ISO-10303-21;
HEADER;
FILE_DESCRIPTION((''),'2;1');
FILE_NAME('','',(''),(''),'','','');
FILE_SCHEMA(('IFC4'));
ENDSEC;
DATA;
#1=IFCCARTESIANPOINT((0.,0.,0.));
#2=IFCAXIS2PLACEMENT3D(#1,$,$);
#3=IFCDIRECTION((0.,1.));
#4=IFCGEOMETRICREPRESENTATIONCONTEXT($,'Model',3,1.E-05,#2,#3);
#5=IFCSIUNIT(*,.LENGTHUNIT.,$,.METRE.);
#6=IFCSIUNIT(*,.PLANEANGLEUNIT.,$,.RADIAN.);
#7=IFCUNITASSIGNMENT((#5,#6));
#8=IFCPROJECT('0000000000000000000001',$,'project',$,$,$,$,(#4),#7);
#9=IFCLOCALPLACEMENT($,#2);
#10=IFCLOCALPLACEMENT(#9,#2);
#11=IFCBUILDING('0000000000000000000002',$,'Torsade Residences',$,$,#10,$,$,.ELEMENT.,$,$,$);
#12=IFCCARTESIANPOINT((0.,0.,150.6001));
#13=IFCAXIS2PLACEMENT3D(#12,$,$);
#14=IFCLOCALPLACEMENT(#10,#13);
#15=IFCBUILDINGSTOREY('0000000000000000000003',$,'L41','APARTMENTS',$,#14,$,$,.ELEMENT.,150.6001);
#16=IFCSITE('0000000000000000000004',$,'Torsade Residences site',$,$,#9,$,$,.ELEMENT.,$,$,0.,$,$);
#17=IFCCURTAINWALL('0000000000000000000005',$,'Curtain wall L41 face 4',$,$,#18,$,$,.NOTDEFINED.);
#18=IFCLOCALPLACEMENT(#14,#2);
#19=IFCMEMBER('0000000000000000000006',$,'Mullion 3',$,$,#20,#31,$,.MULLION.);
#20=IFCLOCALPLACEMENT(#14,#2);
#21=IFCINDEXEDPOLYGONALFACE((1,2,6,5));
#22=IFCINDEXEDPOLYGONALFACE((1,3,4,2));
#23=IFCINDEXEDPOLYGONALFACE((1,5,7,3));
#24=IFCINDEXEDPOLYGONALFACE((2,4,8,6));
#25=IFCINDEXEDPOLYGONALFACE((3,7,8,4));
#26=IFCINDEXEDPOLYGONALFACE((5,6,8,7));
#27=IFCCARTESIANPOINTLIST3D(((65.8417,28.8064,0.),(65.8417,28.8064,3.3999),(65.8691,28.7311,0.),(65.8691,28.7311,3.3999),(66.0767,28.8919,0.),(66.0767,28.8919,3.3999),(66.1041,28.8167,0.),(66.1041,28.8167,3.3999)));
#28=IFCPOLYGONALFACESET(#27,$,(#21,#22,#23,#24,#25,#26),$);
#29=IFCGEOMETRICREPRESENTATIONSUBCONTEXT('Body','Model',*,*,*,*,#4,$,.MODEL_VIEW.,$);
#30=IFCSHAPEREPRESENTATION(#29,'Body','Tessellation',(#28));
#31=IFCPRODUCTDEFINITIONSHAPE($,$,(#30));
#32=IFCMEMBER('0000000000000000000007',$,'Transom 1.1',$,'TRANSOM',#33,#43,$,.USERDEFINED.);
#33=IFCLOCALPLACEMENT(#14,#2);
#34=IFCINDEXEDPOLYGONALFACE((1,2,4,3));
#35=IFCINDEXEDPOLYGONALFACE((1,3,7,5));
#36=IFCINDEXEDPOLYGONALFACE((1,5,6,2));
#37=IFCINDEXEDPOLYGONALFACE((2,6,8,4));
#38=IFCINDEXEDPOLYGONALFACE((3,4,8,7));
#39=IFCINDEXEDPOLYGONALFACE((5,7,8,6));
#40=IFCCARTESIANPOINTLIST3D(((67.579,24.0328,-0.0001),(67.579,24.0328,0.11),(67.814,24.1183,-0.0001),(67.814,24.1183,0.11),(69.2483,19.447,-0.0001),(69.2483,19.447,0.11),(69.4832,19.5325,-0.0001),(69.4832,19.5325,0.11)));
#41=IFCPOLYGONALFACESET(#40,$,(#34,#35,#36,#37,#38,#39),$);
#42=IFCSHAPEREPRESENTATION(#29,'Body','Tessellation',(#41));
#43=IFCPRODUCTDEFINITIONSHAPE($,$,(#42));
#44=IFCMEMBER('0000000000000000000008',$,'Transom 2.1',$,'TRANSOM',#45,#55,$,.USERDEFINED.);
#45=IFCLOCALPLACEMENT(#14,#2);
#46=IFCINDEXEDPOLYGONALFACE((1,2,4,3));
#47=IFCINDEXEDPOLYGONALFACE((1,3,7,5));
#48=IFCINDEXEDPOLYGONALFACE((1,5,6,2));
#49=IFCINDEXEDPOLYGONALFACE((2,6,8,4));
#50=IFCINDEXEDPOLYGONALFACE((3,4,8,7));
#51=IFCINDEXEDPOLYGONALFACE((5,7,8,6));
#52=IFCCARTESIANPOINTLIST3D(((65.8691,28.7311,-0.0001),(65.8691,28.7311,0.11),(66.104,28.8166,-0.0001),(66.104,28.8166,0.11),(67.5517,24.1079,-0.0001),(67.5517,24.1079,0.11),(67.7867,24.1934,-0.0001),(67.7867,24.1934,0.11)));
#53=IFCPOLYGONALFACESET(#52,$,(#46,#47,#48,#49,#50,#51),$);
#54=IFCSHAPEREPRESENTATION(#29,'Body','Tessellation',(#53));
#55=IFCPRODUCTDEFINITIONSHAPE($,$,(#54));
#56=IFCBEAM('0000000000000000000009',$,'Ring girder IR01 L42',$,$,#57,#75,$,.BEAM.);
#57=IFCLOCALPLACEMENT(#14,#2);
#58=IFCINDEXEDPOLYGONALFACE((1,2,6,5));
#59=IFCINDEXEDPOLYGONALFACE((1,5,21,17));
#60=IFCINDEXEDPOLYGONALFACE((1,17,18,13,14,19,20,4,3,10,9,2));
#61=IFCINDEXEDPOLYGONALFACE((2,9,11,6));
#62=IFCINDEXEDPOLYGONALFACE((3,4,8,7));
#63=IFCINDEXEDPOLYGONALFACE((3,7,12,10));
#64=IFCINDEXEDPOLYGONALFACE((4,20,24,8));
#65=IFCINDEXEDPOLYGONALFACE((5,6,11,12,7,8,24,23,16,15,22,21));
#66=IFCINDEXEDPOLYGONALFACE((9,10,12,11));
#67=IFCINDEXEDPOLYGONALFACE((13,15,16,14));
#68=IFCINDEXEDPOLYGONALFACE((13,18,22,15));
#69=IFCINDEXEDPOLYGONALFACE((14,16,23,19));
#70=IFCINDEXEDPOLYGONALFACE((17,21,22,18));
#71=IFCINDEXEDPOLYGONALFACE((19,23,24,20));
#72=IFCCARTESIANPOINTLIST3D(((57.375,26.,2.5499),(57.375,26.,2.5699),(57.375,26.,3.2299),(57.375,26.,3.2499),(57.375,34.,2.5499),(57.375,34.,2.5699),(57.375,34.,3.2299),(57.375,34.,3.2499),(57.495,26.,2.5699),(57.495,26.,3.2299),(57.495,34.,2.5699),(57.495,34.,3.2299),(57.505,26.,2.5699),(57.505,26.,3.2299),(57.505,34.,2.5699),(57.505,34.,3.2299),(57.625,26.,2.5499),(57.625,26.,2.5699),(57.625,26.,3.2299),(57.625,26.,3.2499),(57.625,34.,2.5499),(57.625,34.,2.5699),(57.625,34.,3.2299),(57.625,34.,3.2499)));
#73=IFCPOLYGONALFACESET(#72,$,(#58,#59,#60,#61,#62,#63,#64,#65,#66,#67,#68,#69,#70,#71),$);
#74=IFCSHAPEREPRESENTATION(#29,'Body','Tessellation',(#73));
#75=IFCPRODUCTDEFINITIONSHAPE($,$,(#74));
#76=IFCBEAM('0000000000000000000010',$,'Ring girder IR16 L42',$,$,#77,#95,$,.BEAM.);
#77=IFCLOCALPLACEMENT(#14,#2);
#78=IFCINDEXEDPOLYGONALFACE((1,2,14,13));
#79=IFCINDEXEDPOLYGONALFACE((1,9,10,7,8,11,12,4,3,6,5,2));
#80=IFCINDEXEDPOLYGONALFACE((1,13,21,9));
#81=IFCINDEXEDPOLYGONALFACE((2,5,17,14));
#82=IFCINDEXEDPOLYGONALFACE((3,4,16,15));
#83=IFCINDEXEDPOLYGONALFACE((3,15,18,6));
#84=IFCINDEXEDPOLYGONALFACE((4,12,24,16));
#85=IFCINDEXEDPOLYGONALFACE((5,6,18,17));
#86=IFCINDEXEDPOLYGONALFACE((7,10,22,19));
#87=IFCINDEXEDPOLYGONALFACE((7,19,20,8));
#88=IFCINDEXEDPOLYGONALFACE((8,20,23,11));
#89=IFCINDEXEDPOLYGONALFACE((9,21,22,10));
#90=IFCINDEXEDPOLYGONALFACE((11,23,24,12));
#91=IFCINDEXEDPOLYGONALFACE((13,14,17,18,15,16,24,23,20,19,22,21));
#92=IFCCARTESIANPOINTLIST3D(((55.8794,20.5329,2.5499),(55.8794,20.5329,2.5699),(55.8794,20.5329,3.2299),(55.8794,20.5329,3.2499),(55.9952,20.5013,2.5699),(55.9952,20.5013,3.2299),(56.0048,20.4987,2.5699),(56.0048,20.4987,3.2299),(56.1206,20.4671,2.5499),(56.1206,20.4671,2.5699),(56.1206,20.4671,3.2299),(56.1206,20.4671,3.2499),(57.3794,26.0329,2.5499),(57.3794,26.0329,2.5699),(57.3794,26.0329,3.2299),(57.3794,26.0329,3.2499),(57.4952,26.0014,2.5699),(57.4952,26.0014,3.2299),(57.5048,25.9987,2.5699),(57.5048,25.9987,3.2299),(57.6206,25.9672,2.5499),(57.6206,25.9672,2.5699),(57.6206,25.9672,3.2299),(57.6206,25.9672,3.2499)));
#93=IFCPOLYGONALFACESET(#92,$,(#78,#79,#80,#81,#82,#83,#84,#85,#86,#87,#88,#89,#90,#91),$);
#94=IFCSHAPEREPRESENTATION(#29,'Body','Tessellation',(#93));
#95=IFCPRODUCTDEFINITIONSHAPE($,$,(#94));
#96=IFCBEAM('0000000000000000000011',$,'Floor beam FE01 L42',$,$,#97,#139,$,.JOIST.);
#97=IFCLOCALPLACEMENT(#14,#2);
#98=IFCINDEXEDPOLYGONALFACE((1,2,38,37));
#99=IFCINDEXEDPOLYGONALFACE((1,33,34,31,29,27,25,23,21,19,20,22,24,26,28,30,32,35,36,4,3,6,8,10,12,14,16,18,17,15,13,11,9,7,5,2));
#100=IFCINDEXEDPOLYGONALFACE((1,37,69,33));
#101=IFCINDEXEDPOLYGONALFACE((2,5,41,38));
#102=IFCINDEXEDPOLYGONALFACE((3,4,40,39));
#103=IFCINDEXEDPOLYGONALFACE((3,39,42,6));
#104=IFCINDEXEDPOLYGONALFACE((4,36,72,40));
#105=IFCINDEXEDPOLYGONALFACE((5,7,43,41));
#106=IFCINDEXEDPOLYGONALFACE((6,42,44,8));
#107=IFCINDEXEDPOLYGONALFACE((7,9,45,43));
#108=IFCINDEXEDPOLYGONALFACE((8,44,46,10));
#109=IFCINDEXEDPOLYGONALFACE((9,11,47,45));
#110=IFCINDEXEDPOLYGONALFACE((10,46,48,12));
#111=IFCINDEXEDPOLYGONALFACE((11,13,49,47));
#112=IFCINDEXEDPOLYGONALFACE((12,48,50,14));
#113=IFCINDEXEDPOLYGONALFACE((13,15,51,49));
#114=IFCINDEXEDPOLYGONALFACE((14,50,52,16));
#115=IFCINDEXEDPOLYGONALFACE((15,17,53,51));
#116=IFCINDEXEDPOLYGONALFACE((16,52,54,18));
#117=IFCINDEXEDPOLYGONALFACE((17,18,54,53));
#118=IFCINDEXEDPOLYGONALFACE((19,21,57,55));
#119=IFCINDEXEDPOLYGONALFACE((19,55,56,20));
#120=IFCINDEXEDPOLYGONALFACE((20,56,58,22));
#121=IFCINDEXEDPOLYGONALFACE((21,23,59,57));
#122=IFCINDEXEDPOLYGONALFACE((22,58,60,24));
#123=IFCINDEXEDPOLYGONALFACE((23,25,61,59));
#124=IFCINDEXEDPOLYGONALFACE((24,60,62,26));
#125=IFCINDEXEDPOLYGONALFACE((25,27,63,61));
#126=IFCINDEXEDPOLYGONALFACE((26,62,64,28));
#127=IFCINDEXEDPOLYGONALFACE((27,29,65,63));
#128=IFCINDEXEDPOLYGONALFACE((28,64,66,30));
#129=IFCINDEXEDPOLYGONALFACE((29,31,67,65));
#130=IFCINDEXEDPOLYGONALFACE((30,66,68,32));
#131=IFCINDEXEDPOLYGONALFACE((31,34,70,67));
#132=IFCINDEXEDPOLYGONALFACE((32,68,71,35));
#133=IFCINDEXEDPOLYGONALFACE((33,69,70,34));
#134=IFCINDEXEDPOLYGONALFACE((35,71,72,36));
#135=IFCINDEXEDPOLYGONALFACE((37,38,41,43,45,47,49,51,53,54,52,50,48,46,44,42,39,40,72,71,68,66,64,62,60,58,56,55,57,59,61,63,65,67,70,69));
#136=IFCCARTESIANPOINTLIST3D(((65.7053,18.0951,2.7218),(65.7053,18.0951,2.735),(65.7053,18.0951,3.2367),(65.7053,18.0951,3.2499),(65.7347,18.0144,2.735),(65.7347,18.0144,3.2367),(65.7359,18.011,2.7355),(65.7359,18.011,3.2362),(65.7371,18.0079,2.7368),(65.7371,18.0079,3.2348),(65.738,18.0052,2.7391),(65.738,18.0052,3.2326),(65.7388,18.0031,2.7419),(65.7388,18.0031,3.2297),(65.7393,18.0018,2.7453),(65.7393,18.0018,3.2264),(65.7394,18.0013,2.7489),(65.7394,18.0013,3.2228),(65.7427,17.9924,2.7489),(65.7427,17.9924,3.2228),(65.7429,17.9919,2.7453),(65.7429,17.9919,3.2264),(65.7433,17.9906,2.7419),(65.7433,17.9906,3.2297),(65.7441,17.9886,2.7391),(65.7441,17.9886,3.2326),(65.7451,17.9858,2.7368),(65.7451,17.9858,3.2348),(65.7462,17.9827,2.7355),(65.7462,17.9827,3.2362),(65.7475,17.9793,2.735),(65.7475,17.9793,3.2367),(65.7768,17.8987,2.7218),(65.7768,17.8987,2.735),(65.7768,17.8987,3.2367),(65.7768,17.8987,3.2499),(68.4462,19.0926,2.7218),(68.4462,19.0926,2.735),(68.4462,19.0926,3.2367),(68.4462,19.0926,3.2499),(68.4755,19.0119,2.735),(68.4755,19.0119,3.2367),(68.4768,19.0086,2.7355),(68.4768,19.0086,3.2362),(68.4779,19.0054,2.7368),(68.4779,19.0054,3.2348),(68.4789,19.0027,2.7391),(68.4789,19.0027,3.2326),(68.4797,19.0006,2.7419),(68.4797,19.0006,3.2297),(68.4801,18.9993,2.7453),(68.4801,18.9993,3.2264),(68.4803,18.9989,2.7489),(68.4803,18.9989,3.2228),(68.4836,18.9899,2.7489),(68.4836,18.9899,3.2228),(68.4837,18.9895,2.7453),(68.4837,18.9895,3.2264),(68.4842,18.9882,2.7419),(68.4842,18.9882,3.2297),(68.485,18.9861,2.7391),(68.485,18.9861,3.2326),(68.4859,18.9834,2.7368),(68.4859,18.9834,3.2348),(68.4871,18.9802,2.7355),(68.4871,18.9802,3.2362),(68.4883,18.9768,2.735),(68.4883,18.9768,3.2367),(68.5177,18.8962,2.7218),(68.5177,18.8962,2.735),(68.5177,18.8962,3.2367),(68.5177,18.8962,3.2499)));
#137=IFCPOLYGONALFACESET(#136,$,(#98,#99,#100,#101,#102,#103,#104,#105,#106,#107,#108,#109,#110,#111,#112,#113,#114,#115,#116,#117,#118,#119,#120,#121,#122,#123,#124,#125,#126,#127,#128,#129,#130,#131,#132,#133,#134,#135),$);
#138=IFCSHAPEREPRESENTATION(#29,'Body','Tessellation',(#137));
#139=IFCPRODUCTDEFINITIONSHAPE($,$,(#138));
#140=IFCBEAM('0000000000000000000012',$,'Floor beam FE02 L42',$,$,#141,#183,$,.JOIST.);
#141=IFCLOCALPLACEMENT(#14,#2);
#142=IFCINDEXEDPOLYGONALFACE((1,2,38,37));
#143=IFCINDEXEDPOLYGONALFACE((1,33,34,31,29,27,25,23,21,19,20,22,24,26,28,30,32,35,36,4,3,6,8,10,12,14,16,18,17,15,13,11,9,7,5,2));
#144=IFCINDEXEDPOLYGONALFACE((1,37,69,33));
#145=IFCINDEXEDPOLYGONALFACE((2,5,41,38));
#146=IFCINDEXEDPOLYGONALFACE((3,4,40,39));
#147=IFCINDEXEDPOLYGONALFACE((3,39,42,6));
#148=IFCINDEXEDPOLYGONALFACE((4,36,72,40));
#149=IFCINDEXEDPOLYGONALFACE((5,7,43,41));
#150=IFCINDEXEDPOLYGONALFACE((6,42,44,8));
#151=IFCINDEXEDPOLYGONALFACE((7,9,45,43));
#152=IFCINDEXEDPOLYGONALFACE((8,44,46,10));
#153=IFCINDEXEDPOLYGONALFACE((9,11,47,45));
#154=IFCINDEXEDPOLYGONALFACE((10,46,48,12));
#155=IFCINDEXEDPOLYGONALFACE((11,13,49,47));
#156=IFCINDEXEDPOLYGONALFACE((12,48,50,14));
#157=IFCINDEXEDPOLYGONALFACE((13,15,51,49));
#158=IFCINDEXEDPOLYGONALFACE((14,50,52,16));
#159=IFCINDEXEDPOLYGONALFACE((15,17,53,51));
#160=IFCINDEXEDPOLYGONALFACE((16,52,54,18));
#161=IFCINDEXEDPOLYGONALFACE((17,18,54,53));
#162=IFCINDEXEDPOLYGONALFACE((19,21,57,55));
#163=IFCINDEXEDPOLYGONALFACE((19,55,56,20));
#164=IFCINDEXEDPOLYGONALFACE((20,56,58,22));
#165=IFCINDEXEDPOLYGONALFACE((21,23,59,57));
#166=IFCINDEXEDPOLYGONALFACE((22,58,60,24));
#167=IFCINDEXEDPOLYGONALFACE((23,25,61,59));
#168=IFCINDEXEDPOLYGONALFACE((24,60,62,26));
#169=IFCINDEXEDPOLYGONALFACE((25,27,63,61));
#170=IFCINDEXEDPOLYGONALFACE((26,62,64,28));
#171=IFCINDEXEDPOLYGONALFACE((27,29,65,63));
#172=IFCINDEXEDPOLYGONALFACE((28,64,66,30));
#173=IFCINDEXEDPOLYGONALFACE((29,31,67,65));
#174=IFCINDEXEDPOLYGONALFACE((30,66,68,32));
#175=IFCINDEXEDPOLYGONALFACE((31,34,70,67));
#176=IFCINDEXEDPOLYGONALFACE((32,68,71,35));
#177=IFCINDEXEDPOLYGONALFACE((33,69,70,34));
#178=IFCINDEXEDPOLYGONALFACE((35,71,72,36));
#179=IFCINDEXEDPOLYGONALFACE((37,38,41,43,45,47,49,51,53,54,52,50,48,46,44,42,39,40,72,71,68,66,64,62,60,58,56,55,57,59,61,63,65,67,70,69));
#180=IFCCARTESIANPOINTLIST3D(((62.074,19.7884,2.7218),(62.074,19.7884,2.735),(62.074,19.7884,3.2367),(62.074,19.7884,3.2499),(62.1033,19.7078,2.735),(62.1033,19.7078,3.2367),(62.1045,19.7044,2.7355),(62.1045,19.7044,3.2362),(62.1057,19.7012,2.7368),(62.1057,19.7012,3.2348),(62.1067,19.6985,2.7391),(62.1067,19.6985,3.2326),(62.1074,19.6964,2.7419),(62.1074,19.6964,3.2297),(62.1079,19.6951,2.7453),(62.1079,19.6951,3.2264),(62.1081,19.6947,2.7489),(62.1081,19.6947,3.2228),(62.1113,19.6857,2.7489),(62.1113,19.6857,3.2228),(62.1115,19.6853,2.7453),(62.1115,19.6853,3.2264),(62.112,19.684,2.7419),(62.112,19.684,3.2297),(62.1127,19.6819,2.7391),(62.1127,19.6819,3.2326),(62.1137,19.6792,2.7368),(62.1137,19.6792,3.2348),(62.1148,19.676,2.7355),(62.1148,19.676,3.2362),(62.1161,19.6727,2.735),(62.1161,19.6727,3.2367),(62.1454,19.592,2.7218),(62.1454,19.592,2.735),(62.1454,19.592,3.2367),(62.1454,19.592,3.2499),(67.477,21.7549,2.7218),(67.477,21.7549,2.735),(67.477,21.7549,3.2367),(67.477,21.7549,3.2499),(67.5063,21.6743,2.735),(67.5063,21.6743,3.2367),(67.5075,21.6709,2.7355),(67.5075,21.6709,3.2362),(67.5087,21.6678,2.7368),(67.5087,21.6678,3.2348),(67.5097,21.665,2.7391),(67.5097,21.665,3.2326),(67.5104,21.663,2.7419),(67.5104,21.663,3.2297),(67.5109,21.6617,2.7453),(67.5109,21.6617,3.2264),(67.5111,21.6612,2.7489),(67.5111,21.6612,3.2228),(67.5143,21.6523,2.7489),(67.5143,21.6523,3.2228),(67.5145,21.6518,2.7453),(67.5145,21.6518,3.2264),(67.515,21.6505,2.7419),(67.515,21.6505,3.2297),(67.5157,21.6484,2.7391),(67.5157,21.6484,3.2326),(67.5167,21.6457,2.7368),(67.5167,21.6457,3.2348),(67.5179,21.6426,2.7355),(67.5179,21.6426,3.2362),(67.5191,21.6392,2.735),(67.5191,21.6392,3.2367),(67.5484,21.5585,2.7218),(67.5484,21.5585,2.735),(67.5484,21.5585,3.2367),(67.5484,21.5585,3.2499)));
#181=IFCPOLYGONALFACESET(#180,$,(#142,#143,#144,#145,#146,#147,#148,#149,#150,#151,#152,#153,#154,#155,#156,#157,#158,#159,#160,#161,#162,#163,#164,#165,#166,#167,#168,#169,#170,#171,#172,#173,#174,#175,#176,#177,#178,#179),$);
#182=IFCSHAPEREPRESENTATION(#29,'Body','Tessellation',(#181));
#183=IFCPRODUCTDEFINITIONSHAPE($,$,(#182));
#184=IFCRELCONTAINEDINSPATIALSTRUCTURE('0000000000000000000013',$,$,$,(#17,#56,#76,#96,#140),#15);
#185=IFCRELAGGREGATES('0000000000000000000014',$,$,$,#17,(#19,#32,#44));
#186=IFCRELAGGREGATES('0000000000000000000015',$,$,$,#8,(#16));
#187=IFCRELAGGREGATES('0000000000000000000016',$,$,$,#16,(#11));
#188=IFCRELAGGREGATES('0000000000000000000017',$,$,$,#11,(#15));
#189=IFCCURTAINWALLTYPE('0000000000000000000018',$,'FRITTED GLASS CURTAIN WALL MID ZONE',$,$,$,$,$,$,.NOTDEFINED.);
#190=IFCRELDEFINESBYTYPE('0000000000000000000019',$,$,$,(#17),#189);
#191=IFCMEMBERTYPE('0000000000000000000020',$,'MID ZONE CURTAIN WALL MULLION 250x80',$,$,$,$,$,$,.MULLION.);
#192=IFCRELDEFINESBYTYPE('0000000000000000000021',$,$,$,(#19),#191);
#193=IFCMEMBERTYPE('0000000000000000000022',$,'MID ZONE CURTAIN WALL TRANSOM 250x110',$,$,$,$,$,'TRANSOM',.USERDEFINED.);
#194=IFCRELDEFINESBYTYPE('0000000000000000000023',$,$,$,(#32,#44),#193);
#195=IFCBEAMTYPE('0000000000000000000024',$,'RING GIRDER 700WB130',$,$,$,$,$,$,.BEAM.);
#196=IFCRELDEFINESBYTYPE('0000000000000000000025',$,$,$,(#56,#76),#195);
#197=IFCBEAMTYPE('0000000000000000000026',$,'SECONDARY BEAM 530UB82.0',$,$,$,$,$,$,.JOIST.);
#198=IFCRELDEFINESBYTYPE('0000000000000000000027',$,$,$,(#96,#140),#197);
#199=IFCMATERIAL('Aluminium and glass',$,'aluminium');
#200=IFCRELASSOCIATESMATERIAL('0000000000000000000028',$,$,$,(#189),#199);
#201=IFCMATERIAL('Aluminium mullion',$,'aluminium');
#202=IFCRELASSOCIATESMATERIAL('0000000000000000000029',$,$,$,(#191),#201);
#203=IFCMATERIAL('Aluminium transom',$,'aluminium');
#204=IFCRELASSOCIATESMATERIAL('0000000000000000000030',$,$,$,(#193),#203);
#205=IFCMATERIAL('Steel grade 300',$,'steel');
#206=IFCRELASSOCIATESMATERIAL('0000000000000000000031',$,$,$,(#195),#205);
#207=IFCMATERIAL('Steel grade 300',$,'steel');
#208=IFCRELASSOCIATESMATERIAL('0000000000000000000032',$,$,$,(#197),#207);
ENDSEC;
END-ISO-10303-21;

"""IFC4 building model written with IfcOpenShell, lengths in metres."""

from ifc_helpers import new_model, si_unit, direction, frame, origin, origin_2d, place, context, subcontext, project, spatial, rectangle, i_section, extrude, material, material_profile, profile_set, type_object, element, aggregate, save


model = new_model("IFC4")

# Units and contexts
model_context = context("Model", 3, precision=1e-05, world=origin(), true_north=direction((0.0, 1.0)))
body_context = subcontext(model_context, "Body", "Model", "MODEL_VIEW")
ifc_project = project(units=[si_unit("LENGTHUNIT", "METRE"), si_unit("PLANEANGLEUNIT", "RADIAN")], contexts=[model_context])

# Site, building, storey
site_placement = place(None, origin())
site = spatial("IfcSite", under=ifc_project, at=site_placement, Name="Torsade Residences site", CompositionType="ELEMENT", RefElevation=0.0)
building_placement = place(site_placement, origin())
building = spatial("IfcBuilding", under=site, at=building_placement, Name="Torsade Residences", CompositionType="ELEMENT")
storey_placement = place(building_placement, frame((0.0, 0.0, 150.6001)))
storey = spatial("IfcBuildingStorey", under=building, at=storey_placement, Name="L41", Description="APARTMENTS", CompositionType="ELEMENT", Elevation=150.6001)

# Curtain wall, members
ifc_material_1 = material(Name="Aluminium and glass", Category="aluminium")
curtain_wall_type = type_object("IfcCurtainWallType", Name="FRITTED GLASS CURTAIN WALL MID ZONE", PredefinedType="NOTDEFINED", material=ifc_material_1)
curtain_wall_placement = place(storey_placement, origin())
curtain_wall = element("IfcCurtainWall", 1, at=curtain_wall_placement, inside=storey, type_object=curtain_wall_type, Name="Curtain wall L41 face 4", PredefinedType="NOTDEFINED")
ifc_material_2 = material(Name="Aluminium mullion", Category="aluminium")
ifc_material_profile_1 = material_profile(ifc_material_2, rectangle(XDim=0.25, YDim=0.0801, at=origin_2d()), Name="MID ZONE CURTAIN WALL MULLION 250x80")
ifc_profile_set_1 = profile_set([ifc_material_profile_1], Name="Aluminium mullion")
member_type_1 = type_object("IfcMemberType", Name="MID ZONE CURTAIN WALL MULLION 250x80", PredefinedType="MULLION", material=ifc_profile_set_1)
member_1_placement = place(storey_placement, frame((65.9729, 28.8115, 0.0), z_axis=(0.0, 0.0, 1.0), x_axis=(-0.939693, -0.34202, 0.0)))
member_1 = element("IfcMember", 2, at=member_1_placement, type_object=member_type_1, Name="Mullion 3", PredefinedType="MULLION", context=body_context, shape_type="SweptSolid", body=[
    extrude(rectangle(XDim=0.25, YDim=0.0801, at=origin_2d()), origin(), (0.0, 0.0, 1.0), 3.3999),
])
ifc_material_3 = material(Name="Aluminium transom", Category="aluminium")
ifc_material_profile_2 = material_profile(ifc_material_3, rectangle(XDim=0.25, YDim=0.1101, at=origin_2d()), Name="MID ZONE CURTAIN WALL TRANSOM 250x110")
ifc_profile_set_2 = profile_set([ifc_material_profile_2], Name="Aluminium transom")
member_type_2 = type_object("IfcMemberType", Name="MID ZONE CURTAIN WALL TRANSOM 250x110", ElementType="TRANSOM", PredefinedType="USERDEFINED", material=ifc_profile_set_2)
member_2_placement = place(storey_placement, frame((69.3657, 19.4897, 0.0549), z_axis=(-0.342044, 0.939684, 0.0), x_axis=(-0.939684, -0.342044, 0.0)))
member_2 = element("IfcMember", 3, at=member_2_placement, type_object=member_type_2, Name="Transom 1.1", ObjectType="TRANSOM", PredefinedType="USERDEFINED", context=body_context, shape_type="SweptSolid", body=[
    extrude(rectangle(XDim=0.25, YDim=0.1101, at=origin_2d()), origin(), (0.0, 0.0, 1.0), 4.8801),
])
member_3_placement = place(storey_placement, frame((67.6692, 24.1506, 0.0549), z_axis=(-0.341998, 0.939701, 0.0), x_axis=(-0.939701, -0.341998, 0.0)))
member_3 = element("IfcMember", 4, at=member_3_placement, type_object=member_type_2, Name="Transom 2.1", ObjectType="TRANSOM", PredefinedType="USERDEFINED", context=body_context, shape_type="SweptSolid", body=[
    extrude(rectangle(XDim=0.25, YDim=0.1101, at=origin_2d()), origin(), (0.0, 0.0, 1.0), 4.9199),
])

# Beams
ifc_material_4 = material(Name="Steel grade 300", Category="steel")
ifc_material_profile_3 = material_profile(ifc_material_4, i_section(OverallWidth=0.25, OverallDepth=0.7, WebThickness=0.01, FlangeThickness=0.02, at=origin_2d()), Name="700WB130")
ifc_profile_set_3 = profile_set([ifc_material_profile_3], Name="Steel grade 300")
beam_type_1 = type_object("IfcBeamType", Name="RING GIRDER 700WB130", PredefinedType="BEAM", material=ifc_profile_set_3)
beam_1_placement = place(storey_placement, frame((57.5, 26.0, 2.8999), z_axis=(0.0, 1.0, 0.0), x_axis=(-1.0, 0.0, 0.0)))
element("IfcBeam", 5, at=beam_1_placement, inside=storey, type_object=beam_type_1, Name="Ring girder IR01 L42", PredefinedType="BEAM", context=body_context, shape_type="SweptSolid", body=[
    extrude(i_section(OverallWidth=0.25, OverallDepth=0.7, WebThickness=0.01, FlangeThickness=0.02, at=origin_2d()), origin(), (0.0, 0.0, 1.0), 8.0),
])
beam_2_placement = place(storey_placement, frame((56.0, 20.5, 2.8999), z_axis=(0.263117, 0.964764, 0.0), x_axis=(-0.964764, 0.263117, 0.0)))
element("IfcBeam", 6, at=beam_2_placement, inside=storey, type_object=beam_type_1, Name="Ring girder IR16 L42", PredefinedType="BEAM", context=body_context, shape_type="SweptSolid", body=[
    extrude(i_section(OverallWidth=0.25, OverallDepth=0.7, WebThickness=0.01, FlangeThickness=0.02, at=origin_2d()), origin(), (0.0, 0.0, 1.0), 5.7009),
])
ifc_material_5 = material(Name="Steel grade 300", Category="steel")
ifc_material_profile_4 = material_profile(ifc_material_5, i_section(OverallWidth=0.209, OverallDepth=0.5281, WebThickness=0.0095, FlangeThickness=0.0132, FilletRadius=0.0139, at=origin_2d()), Name="530UB82.0")
ifc_profile_set_4 = profile_set([ifc_material_profile_4], Name="Steel grade 300")
beam_type_2 = type_object("IfcBeamType", Name="SECONDARY BEAM 530UB82.0", PredefinedType="JOIST", material=ifc_profile_set_4)
beam_3_placement = place(storey_placement, frame((68.4819, 18.9944, 2.9858), z_axis=(-0.939701, -0.341998, 0.0), x_axis=(0.341998, -0.939701, 0.0)))
element("IfcBeam", 7, at=beam_3_placement, inside=storey, type_object=beam_type_2, Name="Floor beam FE01 L42", PredefinedType="JOIST", context=body_context, shape_type="SweptSolid", body=[
    extrude(i_section(OverallWidth=0.209, OverallDepth=0.5281, WebThickness=0.0095, FlangeThickness=0.0132, FilletRadius=0.0139, at=origin_2d()), origin(), (0.0, 0.0, 1.0), 2.9167),
])
beam_4_placement = place(storey_placement, frame((67.5127, 21.6567, 2.9858), z_axis=(-0.939693, -0.342019, 0.0), x_axis=(0.342019, -0.939693, 0.0)))
element("IfcBeam", 8, at=beam_4_placement, inside=storey, type_object=beam_type_2, Name="Floor beam FE02 L42", PredefinedType="JOIST", context=body_context, shape_type="SweptSolid", body=[
    extrude(i_section(OverallWidth=0.209, OverallDepth=0.5281, WebThickness=0.0095, FlangeThickness=0.0132, FilletRadius=0.0139, at=origin_2d()), origin(), (0.0, 0.0, 1.0), 5.7498),
])

aggregate(curtain_wall, [member_1, member_2, member_3])

save(model, "model.ifc")
